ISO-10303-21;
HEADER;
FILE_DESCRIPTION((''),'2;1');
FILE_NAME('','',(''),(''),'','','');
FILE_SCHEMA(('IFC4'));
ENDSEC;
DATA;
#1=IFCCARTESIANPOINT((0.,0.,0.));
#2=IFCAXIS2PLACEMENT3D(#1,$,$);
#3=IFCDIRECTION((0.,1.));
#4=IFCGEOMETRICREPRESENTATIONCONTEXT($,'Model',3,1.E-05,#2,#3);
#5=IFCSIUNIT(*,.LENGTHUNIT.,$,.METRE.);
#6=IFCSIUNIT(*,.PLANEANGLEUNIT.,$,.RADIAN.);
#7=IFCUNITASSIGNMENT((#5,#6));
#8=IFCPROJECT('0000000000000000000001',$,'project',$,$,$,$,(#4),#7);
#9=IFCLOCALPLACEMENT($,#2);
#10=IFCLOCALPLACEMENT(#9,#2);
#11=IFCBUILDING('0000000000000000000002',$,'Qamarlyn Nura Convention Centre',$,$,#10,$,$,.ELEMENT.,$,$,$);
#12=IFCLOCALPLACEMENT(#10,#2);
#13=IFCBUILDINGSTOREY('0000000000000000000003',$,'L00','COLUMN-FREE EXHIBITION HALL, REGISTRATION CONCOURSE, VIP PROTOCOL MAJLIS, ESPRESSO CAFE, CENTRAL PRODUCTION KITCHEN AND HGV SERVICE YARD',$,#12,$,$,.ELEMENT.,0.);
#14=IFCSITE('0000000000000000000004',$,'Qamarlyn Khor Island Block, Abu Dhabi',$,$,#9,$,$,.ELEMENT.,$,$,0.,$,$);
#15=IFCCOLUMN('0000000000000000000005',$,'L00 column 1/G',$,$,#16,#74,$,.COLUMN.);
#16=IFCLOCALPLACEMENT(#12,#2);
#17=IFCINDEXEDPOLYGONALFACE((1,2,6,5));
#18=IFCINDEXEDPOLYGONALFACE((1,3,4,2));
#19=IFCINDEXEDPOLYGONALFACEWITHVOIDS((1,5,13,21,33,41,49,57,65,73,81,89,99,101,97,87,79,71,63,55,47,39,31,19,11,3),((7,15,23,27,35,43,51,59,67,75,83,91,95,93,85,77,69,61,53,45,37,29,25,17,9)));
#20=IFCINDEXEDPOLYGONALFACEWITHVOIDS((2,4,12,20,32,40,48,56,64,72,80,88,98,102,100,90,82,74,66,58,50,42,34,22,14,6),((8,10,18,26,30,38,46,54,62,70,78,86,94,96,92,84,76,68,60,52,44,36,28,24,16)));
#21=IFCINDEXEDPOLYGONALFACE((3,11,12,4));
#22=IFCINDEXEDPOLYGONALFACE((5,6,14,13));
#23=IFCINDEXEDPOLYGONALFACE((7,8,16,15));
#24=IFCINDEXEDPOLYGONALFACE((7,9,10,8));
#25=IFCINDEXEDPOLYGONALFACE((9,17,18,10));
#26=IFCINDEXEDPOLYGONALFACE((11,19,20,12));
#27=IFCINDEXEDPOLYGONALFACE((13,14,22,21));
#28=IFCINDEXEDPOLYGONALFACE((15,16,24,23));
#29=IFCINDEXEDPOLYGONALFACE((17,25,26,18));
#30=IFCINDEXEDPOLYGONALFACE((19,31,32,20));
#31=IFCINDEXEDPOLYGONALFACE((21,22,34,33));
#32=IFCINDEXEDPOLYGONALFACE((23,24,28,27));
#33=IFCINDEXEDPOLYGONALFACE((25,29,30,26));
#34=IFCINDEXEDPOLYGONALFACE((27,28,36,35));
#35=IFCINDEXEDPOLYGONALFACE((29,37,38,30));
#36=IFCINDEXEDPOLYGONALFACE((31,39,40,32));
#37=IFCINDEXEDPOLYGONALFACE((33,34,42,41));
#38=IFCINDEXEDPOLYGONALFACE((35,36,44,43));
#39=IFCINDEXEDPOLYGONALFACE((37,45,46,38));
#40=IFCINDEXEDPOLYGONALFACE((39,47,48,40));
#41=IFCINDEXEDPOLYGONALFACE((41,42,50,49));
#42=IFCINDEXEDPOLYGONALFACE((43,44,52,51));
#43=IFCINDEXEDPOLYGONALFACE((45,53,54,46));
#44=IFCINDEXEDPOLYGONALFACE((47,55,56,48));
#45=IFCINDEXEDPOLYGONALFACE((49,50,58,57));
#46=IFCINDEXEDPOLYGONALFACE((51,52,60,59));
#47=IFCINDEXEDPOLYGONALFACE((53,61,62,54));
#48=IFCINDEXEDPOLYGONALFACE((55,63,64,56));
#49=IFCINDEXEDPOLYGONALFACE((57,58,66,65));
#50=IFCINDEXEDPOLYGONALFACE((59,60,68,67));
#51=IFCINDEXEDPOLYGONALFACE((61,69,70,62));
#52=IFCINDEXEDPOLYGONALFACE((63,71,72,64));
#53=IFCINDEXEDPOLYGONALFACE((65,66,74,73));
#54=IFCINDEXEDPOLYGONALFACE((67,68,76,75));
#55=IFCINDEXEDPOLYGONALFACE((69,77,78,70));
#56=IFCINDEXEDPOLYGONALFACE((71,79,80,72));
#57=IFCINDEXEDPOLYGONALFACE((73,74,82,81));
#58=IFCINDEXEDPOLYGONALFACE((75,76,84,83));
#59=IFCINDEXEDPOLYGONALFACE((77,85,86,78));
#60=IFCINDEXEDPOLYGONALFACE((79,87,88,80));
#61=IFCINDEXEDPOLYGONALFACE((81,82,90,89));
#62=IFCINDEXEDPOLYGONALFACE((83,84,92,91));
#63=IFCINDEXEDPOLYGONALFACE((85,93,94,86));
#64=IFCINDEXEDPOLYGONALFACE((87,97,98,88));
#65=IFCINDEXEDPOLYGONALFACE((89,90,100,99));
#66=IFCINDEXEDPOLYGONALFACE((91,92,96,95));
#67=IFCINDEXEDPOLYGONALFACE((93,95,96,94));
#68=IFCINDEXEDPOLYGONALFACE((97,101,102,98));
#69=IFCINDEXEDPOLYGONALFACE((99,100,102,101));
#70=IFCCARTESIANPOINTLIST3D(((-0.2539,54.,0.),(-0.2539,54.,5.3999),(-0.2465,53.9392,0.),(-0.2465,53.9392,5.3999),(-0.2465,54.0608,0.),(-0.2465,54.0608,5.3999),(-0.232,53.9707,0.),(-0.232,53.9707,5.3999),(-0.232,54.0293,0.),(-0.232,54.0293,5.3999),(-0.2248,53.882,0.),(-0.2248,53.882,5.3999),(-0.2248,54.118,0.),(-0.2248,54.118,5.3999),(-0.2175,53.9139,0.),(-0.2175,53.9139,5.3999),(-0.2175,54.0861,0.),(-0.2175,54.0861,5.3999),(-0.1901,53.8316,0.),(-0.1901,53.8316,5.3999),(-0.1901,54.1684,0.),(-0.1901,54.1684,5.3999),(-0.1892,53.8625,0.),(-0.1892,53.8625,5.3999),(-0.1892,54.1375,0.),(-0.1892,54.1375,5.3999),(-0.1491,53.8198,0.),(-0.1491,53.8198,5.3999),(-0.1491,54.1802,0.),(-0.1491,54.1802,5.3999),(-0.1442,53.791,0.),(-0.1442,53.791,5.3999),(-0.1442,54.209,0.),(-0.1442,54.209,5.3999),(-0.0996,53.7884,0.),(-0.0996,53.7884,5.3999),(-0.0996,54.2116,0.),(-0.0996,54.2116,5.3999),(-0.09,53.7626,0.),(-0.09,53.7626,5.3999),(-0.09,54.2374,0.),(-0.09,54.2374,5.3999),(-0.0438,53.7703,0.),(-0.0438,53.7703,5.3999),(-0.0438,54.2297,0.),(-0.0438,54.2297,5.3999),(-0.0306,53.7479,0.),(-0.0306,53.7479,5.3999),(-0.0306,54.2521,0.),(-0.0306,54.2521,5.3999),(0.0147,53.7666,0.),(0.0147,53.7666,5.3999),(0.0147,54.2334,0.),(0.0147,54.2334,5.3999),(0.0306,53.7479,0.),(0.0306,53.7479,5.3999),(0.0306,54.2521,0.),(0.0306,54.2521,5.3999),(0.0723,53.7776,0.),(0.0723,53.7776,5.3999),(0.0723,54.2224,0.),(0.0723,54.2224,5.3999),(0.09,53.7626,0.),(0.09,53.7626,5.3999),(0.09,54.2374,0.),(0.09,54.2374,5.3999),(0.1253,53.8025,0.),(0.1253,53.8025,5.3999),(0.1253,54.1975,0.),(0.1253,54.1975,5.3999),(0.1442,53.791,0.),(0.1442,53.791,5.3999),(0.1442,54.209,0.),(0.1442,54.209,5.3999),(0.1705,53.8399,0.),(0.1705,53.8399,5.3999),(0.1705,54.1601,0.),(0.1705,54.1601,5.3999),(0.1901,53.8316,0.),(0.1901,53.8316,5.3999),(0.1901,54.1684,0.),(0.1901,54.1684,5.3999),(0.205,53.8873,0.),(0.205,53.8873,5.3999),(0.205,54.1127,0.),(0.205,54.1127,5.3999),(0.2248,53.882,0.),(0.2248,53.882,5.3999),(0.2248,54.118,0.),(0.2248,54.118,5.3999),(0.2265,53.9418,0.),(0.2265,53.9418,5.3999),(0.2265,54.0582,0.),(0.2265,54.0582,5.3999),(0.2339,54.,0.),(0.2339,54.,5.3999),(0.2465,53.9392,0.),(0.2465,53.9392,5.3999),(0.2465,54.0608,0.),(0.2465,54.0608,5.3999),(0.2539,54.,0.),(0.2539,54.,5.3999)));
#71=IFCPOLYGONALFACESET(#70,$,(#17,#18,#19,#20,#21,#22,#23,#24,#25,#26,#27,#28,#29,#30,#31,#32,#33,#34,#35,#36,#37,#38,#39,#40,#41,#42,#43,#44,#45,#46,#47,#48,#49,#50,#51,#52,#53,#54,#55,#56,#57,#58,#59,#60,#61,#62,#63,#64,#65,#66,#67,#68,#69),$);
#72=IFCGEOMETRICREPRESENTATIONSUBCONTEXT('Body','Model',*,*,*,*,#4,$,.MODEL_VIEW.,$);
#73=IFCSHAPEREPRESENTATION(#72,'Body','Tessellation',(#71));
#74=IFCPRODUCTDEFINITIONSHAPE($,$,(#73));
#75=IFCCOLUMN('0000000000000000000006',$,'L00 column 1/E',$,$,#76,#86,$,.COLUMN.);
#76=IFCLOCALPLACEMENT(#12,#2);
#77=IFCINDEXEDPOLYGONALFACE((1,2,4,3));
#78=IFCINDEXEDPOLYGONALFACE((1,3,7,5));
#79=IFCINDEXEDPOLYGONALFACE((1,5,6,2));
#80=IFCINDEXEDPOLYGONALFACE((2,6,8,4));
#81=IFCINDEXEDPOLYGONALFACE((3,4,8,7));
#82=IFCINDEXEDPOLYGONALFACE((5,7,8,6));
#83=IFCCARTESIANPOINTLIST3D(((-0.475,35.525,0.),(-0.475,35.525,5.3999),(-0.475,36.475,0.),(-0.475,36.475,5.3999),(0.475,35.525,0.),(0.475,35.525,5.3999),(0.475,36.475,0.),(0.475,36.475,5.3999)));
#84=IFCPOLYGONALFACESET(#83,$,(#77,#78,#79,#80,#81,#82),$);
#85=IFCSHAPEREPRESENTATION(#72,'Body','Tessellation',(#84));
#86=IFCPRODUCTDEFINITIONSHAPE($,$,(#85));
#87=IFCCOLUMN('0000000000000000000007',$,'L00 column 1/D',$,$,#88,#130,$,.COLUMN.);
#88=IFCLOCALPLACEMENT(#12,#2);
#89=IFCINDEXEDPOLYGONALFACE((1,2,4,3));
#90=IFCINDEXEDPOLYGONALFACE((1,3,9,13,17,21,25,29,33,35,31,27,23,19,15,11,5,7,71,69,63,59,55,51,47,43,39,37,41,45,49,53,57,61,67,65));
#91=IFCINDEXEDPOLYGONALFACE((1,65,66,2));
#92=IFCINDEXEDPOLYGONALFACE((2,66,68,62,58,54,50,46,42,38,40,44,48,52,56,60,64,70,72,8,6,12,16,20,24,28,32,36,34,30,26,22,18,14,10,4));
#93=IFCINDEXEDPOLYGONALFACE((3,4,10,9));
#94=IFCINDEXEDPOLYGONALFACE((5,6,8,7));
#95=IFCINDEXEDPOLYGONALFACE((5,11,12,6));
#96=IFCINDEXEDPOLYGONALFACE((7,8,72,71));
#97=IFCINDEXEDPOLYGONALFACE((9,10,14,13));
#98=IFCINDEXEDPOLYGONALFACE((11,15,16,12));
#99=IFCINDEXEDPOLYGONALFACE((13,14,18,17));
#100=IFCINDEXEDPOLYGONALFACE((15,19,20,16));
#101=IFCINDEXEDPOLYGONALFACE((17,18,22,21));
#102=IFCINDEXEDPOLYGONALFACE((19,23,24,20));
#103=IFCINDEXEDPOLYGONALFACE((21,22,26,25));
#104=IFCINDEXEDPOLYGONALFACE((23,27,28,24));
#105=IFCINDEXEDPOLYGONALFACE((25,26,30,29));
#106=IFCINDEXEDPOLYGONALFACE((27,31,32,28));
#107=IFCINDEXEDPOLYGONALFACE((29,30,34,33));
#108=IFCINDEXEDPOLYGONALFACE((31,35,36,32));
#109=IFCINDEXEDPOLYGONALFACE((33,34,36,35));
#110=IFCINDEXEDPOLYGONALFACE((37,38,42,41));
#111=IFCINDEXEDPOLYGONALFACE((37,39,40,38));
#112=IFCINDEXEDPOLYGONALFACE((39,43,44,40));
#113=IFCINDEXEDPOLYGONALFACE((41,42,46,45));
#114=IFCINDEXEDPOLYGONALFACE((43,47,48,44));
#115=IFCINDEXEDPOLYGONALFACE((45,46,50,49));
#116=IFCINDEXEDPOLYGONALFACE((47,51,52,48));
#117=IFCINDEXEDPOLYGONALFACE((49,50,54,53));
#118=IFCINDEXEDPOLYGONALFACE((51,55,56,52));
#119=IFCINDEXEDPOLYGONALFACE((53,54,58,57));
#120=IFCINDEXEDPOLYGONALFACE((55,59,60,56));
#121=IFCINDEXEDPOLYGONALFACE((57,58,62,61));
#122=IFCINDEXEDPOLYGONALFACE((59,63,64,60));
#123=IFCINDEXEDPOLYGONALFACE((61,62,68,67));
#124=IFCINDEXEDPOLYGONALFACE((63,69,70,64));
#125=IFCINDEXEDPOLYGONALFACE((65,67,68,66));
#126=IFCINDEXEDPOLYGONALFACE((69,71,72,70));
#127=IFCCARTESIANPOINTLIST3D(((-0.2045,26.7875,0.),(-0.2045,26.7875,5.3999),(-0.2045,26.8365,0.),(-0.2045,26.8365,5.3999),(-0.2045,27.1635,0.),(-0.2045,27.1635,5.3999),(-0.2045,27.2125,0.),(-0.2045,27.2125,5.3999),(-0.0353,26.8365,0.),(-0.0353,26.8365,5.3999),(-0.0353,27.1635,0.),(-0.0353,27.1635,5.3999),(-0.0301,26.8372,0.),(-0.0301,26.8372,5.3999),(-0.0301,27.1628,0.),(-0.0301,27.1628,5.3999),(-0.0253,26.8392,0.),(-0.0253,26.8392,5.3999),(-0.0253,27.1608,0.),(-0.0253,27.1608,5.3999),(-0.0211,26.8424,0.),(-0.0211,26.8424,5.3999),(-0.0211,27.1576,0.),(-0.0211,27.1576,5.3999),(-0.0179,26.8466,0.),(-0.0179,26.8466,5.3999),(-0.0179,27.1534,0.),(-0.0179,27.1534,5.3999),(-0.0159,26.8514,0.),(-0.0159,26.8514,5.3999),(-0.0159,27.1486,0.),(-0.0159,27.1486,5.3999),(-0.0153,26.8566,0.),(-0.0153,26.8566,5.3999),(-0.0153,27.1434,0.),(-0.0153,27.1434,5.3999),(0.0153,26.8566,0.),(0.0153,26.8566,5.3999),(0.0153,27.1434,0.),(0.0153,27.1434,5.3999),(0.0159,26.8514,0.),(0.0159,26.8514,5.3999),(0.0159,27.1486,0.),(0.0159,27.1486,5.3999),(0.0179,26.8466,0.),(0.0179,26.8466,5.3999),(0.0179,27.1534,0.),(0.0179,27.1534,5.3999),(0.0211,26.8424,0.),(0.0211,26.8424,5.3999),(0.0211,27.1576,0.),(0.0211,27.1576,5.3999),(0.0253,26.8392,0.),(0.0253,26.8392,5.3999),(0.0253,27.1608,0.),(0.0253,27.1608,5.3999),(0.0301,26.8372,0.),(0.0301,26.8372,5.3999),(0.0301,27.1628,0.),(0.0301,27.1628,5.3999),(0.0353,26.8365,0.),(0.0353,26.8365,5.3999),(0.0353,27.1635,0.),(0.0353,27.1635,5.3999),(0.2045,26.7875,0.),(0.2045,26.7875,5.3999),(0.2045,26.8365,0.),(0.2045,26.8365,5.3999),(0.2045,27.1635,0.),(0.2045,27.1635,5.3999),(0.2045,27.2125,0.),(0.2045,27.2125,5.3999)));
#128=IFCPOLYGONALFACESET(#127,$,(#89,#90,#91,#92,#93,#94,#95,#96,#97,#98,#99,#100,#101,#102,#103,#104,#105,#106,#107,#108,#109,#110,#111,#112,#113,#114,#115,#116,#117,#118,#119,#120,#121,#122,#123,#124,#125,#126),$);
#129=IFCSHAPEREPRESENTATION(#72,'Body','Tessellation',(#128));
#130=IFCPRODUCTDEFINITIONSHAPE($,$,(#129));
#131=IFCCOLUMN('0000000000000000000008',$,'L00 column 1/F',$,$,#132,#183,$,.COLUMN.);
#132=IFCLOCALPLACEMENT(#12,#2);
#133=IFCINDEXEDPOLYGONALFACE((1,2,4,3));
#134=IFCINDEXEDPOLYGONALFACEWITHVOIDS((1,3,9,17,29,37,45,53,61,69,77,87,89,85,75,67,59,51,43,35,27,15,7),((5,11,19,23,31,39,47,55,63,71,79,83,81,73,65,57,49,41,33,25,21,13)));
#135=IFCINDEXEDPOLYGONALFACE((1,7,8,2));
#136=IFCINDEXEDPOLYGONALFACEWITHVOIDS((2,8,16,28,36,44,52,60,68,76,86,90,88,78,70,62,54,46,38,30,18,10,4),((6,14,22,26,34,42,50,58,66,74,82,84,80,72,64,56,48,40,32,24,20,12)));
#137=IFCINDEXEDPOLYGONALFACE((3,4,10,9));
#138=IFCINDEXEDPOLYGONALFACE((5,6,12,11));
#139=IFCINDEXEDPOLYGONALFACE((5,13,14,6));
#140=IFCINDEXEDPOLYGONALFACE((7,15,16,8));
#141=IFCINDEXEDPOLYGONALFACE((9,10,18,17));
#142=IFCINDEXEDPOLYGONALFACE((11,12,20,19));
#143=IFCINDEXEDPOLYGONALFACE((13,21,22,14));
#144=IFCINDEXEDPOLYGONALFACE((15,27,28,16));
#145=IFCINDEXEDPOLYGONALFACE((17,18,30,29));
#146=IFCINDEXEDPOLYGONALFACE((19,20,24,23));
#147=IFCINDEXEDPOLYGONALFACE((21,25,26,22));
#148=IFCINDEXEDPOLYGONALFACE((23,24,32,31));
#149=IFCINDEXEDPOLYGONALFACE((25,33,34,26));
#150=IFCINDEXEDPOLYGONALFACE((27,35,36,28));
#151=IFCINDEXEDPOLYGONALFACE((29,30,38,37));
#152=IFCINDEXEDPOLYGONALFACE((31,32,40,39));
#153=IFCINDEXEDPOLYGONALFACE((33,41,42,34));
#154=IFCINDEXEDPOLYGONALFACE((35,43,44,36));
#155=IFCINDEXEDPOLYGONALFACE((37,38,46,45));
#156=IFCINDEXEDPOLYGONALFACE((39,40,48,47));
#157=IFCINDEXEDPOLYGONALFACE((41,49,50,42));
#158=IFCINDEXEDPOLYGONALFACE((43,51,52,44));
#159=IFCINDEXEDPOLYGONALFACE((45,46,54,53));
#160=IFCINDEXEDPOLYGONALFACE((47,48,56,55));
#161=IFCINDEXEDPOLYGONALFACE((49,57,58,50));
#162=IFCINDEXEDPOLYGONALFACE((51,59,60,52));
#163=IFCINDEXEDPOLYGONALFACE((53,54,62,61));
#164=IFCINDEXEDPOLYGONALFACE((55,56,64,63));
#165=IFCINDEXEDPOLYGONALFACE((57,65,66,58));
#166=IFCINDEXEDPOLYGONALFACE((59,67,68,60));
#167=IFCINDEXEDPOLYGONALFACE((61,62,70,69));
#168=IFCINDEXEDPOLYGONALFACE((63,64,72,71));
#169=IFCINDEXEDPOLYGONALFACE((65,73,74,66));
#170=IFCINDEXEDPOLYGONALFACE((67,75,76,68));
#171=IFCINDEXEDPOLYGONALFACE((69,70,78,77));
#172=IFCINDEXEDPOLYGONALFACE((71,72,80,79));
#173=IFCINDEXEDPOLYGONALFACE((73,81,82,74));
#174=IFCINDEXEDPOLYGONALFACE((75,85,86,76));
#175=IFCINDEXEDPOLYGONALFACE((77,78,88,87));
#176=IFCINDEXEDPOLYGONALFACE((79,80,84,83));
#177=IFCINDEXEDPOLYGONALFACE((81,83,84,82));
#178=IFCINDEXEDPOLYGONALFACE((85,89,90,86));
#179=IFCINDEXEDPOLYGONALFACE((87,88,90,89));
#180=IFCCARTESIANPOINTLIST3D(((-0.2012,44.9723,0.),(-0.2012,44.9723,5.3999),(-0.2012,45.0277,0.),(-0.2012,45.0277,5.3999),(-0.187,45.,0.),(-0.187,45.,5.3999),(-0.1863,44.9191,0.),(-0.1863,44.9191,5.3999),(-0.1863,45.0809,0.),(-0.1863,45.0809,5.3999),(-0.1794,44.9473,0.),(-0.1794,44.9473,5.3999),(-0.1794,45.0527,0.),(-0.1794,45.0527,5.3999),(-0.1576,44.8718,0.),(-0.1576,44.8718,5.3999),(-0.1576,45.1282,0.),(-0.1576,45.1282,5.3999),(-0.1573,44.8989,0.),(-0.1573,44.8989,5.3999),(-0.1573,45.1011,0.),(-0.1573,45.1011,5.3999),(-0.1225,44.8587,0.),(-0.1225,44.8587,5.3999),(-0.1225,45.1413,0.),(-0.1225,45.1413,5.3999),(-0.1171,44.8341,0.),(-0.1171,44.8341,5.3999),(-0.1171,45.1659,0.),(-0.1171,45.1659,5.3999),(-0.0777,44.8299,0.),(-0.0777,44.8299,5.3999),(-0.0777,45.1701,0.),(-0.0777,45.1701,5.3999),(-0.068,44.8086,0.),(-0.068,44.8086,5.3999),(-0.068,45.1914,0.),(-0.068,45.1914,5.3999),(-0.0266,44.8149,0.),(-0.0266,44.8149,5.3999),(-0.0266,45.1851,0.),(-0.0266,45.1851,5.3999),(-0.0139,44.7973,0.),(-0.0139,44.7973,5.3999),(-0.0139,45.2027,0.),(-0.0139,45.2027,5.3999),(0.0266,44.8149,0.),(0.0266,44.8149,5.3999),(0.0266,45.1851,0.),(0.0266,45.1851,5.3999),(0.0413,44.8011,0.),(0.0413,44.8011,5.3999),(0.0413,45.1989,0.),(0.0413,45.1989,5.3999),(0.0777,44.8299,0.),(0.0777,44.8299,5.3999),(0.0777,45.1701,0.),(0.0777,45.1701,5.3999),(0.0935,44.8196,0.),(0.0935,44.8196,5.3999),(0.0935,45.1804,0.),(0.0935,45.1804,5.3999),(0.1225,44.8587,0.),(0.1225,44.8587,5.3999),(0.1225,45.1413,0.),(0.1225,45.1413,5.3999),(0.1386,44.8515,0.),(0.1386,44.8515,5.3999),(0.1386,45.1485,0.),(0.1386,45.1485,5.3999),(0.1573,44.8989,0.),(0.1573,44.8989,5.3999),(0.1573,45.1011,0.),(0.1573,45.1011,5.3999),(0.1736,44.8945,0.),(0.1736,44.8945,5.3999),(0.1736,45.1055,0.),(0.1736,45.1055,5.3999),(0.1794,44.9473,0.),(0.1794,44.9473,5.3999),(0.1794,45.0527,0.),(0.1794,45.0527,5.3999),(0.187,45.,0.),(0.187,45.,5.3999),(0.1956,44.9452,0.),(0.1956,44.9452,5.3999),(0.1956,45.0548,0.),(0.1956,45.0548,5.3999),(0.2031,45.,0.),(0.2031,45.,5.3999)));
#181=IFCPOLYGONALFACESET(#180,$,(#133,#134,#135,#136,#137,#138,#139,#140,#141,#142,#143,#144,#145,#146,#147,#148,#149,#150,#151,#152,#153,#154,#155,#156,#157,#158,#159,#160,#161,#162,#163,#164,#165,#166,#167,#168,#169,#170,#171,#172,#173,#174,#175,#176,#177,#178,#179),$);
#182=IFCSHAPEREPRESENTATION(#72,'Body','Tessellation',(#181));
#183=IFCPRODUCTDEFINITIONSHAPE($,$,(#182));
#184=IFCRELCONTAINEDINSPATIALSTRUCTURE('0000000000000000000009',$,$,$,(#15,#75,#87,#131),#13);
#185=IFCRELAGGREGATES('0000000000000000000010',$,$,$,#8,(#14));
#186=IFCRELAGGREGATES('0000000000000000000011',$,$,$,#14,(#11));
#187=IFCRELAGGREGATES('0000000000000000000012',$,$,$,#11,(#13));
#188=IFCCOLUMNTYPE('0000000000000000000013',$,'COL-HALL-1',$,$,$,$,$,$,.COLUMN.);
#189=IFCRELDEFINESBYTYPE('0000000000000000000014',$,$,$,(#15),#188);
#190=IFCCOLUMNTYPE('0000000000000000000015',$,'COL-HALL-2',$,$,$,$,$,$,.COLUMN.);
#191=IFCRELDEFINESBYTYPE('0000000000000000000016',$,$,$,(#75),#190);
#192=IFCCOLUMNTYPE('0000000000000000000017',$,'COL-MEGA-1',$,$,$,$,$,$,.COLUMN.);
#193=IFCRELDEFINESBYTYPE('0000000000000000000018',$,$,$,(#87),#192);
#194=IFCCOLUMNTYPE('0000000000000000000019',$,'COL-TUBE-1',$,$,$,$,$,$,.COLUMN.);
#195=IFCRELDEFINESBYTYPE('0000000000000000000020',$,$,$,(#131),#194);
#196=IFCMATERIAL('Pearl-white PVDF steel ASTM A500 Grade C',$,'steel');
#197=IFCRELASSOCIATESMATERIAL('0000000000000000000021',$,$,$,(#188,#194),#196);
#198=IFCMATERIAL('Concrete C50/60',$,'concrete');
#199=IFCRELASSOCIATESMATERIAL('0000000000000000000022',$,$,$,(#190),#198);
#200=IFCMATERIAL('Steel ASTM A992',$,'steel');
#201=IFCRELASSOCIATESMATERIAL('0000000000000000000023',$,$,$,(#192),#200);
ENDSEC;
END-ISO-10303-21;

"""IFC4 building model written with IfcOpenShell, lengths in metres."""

from ifc_helpers import new_model, si_unit, direction, frame, origin, origin_2d, place, context, subcontext, project, spatial, rectangle, hollow_circle, i_section, extrude, material, material_profile, profile_set, type_object, element, save


model = new_model("IFC4")

# Units and contexts
model_context = context("Model", 3, precision=1e-05, world=origin(), true_north=direction((0.0, 1.0)))
body_context = subcontext(model_context, "Body", "Model", "MODEL_VIEW")
ifc_project = project(units=[si_unit("LENGTHUNIT", "METRE"), si_unit("PLANEANGLEUNIT", "RADIAN")], contexts=[model_context])

# Site, building, storey
site_placement = place(None, origin())
site = spatial("IfcSite", under=ifc_project, at=site_placement, Name="Qamarlyn Khor Island Block, Abu Dhabi", CompositionType="ELEMENT", RefElevation=0.0)
building_placement = place(site_placement, origin())
building = spatial("IfcBuilding", under=site, at=building_placement, Name="Qamarlyn Nura Convention Centre", CompositionType="ELEMENT")
storey_placement = place(building_placement, origin())
storey = spatial("IfcBuildingStorey", under=building, at=storey_placement, Name="L00", Description="COLUMN-FREE EXHIBITION HALL, REGISTRATION CONCOURSE, VIP PROTOCOL MAJLIS, ESPRESSO CAFE, CENTRAL PRODUCTION KITCHEN AND HGV SERVICE YARD", CompositionType="ELEMENT", Elevation=0.0)

# Columns
ifc_material_1 = material(Name="Pearl-white PVDF steel ASTM A500 Grade C", Category="steel")
ifc_material_profile_1 = material_profile(ifc_material_1, hollow_circle(Radius=0.2539, WallThickness=0.02, at=origin_2d()), Name="CHS508X20")
ifc_profile_set_1 = profile_set([ifc_material_profile_1], Name="Pearl-white PVDF steel ASTM A500 Grade C")
column_type_1 = type_object("IfcColumnType", Name="COL-HALL-1", PredefinedType="COLUMN", material=ifc_profile_set_1)
column_1_placement = place(storey_placement, frame((0.0, 54.0, 0.0), z_axis=(0.0, 0.0, 1.0), x_axis=(1.0, 0.0, 0.0)))
element("IfcColumn", 1, at=column_1_placement, inside=storey, type_object=column_type_1, Name="L00 column 1/G", PredefinedType="COLUMN", context=body_context, shape_type="SweptSolid", body=[
    extrude(hollow_circle(Radius=0.2539, WallThickness=0.02, at=origin_2d()), origin(), (0.0, 0.0, 1.0), 5.3999),
])
ifc_material_2 = material(Name="Concrete C50/60", Category="concrete")
ifc_material_profile_2 = material_profile(ifc_material_2, rectangle(XDim=0.95, YDim=0.95, at=origin_2d()), Name="RC 950x950")
ifc_profile_set_2 = profile_set([ifc_material_profile_2], Name="Concrete C50/60")
column_type_2 = type_object("IfcColumnType", Name="COL-HALL-2", PredefinedType="COLUMN", material=ifc_profile_set_2)
column_2_placement = place(storey_placement, frame((0.0, 36.0, 0.0), z_axis=(0.0, 0.0, 1.0), x_axis=(1.0, 0.0, 0.0)))
element("IfcColumn", 2, at=column_2_placement, inside=storey, type_object=column_type_2, Name="L00 column 1/E", PredefinedType="COLUMN", context=body_context, shape_type="SweptSolid", body=[
    extrude(rectangle(XDim=0.95, YDim=0.95, at=origin_2d()), origin(), (0.0, 0.0, 1.0), 5.3999),
])
ifc_material_3 = material(Name="Steel ASTM A992", Category="steel")
ifc_material_profile_3 = material_profile(ifc_material_3, i_section(OverallWidth=0.4089, OverallDepth=0.425, WebThickness=0.0305, FlangeThickness=0.0491, FilletRadius=0.02, at=origin_2d()), Name="W360X421")
ifc_profile_set_3 = profile_set([ifc_material_profile_3], Name="Steel ASTM A992")
column_type_3 = type_object("IfcColumnType", Name="COL-MEGA-1", PredefinedType="COLUMN", material=ifc_profile_set_3)
column_3_placement = place(storey_placement, frame((0.0, 27.0, 0.0), z_axis=(0.0, 0.0, 1.0), x_axis=(1.0, 0.0, 0.0)))
element("IfcColumn", 3, at=column_3_placement, inside=storey, type_object=column_type_3, Name="L00 column 1/D", PredefinedType="COLUMN", context=body_context, shape_type="SweptSolid", body=[
    extrude(i_section(OverallWidth=0.4089, OverallDepth=0.425, WebThickness=0.0305, FlangeThickness=0.0491, FilletRadius=0.02, at=origin_2d()), origin(), (0.0, 0.0, 1.0), 5.3999),
])
ifc_material_profile_4 = material_profile(ifc_material_1, hollow_circle(Radius=0.2031, WallThickness=0.0161, at=origin_2d()), Name="CHS406.4X16")
ifc_profile_set_4 = profile_set([ifc_material_profile_4], Name="Pearl-white PVDF steel ASTM A500 Grade C")
column_type_4 = type_object("IfcColumnType", Name="COL-TUBE-1", PredefinedType="COLUMN", material=ifc_profile_set_4)
column_4_placement = place(storey_placement, frame((0.0, 45.0, 0.0), z_axis=(0.0, 0.0, 1.0), x_axis=(1.0, 0.0, 0.0)))
element("IfcColumn", 4, at=column_4_placement, inside=storey, type_object=column_type_4, Name="L00 column 1/F", PredefinedType="COLUMN", context=body_context, shape_type="SweptSolid", body=[
    extrude(hollow_circle(Radius=0.2031, WallThickness=0.0161, at=origin_2d()), origin(), (0.0, 0.0, 1.0), 5.3999),
])

save(model, "model.ifc")
